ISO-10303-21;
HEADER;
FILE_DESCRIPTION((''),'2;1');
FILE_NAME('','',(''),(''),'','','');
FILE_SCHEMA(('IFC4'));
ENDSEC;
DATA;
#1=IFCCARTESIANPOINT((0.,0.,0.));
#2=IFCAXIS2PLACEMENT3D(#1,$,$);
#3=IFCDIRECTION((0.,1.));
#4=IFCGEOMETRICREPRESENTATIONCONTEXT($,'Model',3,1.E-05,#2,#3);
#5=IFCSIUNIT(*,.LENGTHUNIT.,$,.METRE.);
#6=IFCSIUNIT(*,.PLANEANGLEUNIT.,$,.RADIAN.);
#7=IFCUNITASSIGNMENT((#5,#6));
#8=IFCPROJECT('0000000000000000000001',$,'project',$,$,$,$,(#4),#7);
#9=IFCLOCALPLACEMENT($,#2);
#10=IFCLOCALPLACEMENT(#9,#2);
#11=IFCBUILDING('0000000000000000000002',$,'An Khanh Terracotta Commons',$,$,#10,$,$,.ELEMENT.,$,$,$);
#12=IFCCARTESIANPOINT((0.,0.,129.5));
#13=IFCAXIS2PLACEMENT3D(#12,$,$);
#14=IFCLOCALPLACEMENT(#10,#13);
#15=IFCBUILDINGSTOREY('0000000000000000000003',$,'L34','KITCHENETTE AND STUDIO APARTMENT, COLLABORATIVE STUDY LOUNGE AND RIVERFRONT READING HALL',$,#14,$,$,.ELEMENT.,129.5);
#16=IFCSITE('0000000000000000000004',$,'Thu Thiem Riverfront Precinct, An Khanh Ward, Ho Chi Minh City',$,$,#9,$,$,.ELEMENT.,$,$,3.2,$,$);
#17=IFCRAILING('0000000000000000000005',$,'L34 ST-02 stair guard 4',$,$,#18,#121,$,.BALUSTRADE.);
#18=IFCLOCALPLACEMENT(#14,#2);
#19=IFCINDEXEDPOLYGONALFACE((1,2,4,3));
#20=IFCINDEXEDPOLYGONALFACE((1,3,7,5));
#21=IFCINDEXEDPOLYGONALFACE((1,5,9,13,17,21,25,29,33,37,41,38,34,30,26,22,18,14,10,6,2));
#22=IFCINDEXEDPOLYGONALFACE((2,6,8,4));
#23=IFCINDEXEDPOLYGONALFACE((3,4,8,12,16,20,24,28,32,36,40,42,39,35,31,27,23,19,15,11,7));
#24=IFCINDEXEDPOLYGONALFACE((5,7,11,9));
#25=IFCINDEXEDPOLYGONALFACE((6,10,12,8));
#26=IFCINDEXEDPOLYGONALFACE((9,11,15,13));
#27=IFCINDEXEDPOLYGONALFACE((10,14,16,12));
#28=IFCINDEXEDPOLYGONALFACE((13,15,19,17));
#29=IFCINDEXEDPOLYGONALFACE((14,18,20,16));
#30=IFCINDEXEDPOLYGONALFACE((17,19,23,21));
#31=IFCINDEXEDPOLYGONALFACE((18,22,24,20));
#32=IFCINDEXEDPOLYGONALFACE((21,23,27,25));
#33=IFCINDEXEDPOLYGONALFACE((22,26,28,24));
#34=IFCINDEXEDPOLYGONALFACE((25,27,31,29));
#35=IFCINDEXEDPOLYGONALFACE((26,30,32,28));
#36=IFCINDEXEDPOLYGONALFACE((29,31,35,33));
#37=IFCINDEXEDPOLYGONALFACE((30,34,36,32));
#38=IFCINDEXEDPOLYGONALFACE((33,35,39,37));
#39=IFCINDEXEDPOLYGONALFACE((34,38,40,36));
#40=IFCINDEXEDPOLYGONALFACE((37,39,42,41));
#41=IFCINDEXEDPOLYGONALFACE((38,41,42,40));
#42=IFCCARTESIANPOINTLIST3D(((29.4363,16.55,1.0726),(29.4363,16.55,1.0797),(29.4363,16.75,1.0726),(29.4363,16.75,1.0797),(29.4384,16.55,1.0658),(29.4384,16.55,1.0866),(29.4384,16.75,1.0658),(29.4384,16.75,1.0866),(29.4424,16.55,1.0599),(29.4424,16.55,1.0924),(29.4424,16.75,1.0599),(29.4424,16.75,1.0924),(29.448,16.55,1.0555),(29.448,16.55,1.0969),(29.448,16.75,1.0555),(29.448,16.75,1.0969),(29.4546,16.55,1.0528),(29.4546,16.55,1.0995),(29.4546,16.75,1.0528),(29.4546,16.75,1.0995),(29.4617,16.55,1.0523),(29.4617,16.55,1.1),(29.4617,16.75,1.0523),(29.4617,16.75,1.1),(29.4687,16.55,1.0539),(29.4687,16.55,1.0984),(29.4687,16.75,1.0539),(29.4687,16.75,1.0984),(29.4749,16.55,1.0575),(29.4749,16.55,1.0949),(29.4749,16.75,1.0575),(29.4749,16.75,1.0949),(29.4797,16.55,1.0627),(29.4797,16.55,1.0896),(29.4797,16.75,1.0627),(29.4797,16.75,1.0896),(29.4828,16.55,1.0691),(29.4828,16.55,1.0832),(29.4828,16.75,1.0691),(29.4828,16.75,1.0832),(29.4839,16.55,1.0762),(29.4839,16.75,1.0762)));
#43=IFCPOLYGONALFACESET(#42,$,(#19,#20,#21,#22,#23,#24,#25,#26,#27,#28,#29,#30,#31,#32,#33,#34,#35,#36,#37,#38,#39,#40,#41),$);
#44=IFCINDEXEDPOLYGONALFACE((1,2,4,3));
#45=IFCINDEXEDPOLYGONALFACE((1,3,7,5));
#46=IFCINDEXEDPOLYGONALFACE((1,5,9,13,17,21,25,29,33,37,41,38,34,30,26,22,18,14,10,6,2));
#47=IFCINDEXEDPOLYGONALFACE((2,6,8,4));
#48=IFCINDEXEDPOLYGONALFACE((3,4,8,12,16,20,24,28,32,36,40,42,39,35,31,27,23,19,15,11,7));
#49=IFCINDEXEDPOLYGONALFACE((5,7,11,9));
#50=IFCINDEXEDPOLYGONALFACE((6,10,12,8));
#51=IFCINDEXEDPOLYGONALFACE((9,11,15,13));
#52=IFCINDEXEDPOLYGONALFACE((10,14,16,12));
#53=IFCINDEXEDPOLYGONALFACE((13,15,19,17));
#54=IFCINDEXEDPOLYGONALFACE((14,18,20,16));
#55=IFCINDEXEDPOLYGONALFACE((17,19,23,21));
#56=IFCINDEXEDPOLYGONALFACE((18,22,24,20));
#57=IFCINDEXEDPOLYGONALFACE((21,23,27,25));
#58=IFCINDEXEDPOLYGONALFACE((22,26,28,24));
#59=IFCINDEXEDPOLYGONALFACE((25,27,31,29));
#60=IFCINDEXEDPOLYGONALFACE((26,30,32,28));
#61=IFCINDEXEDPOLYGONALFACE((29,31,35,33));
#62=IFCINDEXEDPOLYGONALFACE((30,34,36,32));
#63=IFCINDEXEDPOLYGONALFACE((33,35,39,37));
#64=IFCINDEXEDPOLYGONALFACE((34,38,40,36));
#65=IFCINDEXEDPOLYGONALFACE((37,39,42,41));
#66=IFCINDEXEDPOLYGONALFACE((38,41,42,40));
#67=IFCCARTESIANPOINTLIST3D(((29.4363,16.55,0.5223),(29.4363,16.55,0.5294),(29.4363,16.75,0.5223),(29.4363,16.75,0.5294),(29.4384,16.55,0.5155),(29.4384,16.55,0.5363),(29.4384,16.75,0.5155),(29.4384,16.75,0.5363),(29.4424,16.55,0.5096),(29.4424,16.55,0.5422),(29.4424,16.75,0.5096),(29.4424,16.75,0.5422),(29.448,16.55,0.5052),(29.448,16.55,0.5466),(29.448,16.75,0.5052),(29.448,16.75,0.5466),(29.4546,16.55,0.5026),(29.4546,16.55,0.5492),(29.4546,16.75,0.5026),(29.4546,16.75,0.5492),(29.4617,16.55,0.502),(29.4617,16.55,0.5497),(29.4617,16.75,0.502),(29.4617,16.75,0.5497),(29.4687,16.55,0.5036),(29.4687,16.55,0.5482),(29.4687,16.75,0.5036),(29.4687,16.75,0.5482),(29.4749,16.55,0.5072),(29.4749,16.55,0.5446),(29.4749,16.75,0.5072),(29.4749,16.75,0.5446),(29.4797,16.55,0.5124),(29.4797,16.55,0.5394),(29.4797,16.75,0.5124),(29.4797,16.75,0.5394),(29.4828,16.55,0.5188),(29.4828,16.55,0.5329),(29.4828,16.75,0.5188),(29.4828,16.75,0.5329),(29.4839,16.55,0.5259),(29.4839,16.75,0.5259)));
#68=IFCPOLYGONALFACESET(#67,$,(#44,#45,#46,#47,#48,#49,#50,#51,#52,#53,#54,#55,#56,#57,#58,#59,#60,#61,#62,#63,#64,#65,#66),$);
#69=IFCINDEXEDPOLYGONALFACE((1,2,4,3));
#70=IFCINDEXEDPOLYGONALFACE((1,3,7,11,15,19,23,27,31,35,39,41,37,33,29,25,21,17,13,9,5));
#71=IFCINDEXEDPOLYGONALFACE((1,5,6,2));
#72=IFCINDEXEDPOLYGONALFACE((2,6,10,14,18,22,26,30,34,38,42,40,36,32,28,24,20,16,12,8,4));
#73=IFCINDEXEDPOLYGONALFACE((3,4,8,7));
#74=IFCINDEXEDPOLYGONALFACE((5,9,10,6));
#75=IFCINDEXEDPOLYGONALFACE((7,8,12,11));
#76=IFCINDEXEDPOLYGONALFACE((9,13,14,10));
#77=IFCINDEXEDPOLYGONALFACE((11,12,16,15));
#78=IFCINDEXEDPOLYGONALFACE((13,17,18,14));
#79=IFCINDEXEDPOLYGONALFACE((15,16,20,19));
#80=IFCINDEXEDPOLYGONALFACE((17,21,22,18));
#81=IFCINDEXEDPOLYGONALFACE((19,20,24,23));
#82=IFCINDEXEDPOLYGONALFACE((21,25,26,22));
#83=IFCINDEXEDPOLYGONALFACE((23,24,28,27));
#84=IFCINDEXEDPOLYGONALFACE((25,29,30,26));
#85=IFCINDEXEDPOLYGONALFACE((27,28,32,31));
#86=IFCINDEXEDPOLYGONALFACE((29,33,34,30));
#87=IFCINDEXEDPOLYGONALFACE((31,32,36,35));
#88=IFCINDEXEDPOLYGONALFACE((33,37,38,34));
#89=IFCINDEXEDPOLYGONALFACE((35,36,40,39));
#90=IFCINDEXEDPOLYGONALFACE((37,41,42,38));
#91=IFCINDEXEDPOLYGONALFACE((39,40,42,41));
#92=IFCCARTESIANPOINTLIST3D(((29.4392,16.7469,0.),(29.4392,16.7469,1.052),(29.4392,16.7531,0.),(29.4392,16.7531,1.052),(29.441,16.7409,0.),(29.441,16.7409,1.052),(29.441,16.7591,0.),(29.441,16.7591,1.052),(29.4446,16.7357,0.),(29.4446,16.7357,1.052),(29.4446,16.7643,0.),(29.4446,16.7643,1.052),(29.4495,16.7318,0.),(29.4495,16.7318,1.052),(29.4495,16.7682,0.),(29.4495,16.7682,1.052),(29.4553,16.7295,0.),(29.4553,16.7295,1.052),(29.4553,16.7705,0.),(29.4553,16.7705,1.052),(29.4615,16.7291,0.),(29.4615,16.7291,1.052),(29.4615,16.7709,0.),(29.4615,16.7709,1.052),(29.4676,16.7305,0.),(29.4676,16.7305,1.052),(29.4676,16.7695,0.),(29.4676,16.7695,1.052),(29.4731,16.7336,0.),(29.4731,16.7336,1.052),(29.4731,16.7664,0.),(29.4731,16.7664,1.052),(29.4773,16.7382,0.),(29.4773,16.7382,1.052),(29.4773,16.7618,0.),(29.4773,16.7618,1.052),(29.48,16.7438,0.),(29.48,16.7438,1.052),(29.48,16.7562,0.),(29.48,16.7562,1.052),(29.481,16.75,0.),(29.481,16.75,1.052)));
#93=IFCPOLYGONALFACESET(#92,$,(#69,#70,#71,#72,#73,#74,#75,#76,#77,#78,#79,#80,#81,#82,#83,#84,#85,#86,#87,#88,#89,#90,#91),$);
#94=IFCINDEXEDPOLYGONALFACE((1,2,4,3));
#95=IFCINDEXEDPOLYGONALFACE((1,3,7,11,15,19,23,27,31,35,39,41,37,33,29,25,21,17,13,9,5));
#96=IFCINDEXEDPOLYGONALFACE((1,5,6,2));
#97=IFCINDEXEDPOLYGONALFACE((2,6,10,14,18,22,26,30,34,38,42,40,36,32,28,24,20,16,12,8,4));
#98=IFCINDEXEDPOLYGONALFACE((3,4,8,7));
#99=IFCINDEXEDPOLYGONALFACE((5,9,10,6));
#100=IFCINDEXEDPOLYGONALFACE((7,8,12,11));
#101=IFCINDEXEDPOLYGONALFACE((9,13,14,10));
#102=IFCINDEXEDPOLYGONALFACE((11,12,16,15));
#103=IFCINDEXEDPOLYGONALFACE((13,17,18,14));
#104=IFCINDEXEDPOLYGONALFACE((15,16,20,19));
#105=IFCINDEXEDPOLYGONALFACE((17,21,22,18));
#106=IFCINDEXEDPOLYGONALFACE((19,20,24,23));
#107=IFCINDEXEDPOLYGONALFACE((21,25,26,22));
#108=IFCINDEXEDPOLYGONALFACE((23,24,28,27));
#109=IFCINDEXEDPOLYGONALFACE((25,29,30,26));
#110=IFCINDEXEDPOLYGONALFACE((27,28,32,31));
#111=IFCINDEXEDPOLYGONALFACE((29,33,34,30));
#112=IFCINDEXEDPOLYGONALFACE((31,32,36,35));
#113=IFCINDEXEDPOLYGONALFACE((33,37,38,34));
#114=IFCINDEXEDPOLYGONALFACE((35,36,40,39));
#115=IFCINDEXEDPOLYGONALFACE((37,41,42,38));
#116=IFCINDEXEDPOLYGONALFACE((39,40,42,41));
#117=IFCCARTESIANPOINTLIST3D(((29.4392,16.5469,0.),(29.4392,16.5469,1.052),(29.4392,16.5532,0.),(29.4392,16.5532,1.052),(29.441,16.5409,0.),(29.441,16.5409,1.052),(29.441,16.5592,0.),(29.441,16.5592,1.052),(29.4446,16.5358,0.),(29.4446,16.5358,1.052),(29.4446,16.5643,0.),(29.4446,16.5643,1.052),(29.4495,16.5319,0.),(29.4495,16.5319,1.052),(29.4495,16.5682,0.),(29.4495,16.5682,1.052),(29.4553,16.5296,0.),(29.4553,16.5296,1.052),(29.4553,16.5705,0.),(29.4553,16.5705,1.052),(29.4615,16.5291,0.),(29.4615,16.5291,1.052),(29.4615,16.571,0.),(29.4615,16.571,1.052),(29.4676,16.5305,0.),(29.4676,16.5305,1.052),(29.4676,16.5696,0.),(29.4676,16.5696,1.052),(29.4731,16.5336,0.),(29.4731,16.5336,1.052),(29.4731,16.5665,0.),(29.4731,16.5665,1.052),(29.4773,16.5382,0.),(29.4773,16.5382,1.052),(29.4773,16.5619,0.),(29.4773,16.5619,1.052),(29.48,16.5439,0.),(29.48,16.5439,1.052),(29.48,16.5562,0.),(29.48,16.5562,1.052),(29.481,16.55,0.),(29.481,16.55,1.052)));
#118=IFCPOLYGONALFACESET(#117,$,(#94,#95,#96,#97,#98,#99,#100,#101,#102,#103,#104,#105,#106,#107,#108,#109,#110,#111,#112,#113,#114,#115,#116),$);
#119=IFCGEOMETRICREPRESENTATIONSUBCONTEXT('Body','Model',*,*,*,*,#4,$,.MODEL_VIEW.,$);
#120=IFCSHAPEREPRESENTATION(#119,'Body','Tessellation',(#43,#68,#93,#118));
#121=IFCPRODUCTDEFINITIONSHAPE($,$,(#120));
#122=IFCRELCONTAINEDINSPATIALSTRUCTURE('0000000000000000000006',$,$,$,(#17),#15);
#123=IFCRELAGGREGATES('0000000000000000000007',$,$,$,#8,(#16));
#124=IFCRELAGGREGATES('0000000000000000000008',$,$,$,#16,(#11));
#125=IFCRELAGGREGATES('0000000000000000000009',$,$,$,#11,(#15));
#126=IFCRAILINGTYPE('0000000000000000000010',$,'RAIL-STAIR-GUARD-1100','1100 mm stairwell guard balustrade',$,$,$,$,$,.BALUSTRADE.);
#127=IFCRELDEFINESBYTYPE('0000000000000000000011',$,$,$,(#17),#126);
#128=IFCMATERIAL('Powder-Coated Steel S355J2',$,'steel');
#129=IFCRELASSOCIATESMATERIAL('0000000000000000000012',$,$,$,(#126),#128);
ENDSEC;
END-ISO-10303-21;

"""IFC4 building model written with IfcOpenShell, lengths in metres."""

from ifc_helpers import new_model, si_unit, direction, frame, origin, origin_2d, place, context, subcontext, project, spatial, circle, extrude, material, type_object, element, save


model = new_model("IFC4")

# Units and contexts
model_context = context("Model", 3, precision=1e-05, world=origin(), true_north=direction((0.0, 1.0)))
body_context = subcontext(model_context, "Body", "Model", "MODEL_VIEW")
ifc_project = project(units=[si_unit("LENGTHUNIT", "METRE"), si_unit("PLANEANGLEUNIT", "RADIAN")], contexts=[model_context])

# Site, building, storey
site_placement = place(None, origin())
site = spatial("IfcSite", under=ifc_project, at=site_placement, Name="Thu Thiem Riverfront Precinct, An Khanh Ward, Ho Chi Minh City", CompositionType="ELEMENT", RefElevation=3.2)
building_placement = place(site_placement, origin())
building = spatial("IfcBuilding", under=site, at=building_placement, Name="An Khanh Terracotta Commons", CompositionType="ELEMENT")
storey_placement = place(building_placement, frame((0.0, 0.0, 129.5)))
storey = spatial("IfcBuildingStorey", under=building, at=storey_placement, Name="L34", Description="KITCHENETTE AND STUDIO APARTMENT, COLLABORATIVE STUDY LOUNGE AND RIVERFRONT READING HALL", CompositionType="ELEMENT", Elevation=129.5)

# Railing
ifc_material_1 = material(Name="Powder-Coated Steel S355J2", Category="steel")
railing_type_1 = type_object("IfcRailingType", Name="RAIL-STAIR-GUARD-1100", Description="1100 mm stairwell guard balustrade", PredefinedType="BALUSTRADE", material=ifc_material_1)
railing_1_placement = place(storey_placement, frame((29.46, 16.75, 0.0)))
element("IfcRailing", 1, at=railing_1_placement, inside=storey, type_object=railing_type_1, Name="L34 ST-02 stair guard 4", PredefinedType="BALUSTRADE", context=body_context, shape_type="SweptSolid", body=[
    extrude(circle(Radius=0.0239, at=origin_2d()), frame((0.0, 0.0, 1.0762), z_axis=(0.0, -1.0, 0.0), x_axis=(1.0, 0.0, 0.0)), (0.0, 0.0, 1.0), 0.2),
    extrude(circle(Radius=0.0239, at=origin_2d()), frame((0.0, 0.0, 0.5259), z_axis=(0.0, -1.0, 0.0), x_axis=(1.0, 0.0, 0.0)), (0.0, 0.0, 1.0), 0.2),
    extrude(circle(Radius=0.021, at=origin_2d()), origin(), (0.0, 0.0, 1.0), 1.052),
    extrude(circle(Radius=0.021, at=origin_2d()), frame((0.0, -0.2, 0.0)), (0.0, 0.0, 1.0), 1.052),
])

save(model, "model.ifc")
